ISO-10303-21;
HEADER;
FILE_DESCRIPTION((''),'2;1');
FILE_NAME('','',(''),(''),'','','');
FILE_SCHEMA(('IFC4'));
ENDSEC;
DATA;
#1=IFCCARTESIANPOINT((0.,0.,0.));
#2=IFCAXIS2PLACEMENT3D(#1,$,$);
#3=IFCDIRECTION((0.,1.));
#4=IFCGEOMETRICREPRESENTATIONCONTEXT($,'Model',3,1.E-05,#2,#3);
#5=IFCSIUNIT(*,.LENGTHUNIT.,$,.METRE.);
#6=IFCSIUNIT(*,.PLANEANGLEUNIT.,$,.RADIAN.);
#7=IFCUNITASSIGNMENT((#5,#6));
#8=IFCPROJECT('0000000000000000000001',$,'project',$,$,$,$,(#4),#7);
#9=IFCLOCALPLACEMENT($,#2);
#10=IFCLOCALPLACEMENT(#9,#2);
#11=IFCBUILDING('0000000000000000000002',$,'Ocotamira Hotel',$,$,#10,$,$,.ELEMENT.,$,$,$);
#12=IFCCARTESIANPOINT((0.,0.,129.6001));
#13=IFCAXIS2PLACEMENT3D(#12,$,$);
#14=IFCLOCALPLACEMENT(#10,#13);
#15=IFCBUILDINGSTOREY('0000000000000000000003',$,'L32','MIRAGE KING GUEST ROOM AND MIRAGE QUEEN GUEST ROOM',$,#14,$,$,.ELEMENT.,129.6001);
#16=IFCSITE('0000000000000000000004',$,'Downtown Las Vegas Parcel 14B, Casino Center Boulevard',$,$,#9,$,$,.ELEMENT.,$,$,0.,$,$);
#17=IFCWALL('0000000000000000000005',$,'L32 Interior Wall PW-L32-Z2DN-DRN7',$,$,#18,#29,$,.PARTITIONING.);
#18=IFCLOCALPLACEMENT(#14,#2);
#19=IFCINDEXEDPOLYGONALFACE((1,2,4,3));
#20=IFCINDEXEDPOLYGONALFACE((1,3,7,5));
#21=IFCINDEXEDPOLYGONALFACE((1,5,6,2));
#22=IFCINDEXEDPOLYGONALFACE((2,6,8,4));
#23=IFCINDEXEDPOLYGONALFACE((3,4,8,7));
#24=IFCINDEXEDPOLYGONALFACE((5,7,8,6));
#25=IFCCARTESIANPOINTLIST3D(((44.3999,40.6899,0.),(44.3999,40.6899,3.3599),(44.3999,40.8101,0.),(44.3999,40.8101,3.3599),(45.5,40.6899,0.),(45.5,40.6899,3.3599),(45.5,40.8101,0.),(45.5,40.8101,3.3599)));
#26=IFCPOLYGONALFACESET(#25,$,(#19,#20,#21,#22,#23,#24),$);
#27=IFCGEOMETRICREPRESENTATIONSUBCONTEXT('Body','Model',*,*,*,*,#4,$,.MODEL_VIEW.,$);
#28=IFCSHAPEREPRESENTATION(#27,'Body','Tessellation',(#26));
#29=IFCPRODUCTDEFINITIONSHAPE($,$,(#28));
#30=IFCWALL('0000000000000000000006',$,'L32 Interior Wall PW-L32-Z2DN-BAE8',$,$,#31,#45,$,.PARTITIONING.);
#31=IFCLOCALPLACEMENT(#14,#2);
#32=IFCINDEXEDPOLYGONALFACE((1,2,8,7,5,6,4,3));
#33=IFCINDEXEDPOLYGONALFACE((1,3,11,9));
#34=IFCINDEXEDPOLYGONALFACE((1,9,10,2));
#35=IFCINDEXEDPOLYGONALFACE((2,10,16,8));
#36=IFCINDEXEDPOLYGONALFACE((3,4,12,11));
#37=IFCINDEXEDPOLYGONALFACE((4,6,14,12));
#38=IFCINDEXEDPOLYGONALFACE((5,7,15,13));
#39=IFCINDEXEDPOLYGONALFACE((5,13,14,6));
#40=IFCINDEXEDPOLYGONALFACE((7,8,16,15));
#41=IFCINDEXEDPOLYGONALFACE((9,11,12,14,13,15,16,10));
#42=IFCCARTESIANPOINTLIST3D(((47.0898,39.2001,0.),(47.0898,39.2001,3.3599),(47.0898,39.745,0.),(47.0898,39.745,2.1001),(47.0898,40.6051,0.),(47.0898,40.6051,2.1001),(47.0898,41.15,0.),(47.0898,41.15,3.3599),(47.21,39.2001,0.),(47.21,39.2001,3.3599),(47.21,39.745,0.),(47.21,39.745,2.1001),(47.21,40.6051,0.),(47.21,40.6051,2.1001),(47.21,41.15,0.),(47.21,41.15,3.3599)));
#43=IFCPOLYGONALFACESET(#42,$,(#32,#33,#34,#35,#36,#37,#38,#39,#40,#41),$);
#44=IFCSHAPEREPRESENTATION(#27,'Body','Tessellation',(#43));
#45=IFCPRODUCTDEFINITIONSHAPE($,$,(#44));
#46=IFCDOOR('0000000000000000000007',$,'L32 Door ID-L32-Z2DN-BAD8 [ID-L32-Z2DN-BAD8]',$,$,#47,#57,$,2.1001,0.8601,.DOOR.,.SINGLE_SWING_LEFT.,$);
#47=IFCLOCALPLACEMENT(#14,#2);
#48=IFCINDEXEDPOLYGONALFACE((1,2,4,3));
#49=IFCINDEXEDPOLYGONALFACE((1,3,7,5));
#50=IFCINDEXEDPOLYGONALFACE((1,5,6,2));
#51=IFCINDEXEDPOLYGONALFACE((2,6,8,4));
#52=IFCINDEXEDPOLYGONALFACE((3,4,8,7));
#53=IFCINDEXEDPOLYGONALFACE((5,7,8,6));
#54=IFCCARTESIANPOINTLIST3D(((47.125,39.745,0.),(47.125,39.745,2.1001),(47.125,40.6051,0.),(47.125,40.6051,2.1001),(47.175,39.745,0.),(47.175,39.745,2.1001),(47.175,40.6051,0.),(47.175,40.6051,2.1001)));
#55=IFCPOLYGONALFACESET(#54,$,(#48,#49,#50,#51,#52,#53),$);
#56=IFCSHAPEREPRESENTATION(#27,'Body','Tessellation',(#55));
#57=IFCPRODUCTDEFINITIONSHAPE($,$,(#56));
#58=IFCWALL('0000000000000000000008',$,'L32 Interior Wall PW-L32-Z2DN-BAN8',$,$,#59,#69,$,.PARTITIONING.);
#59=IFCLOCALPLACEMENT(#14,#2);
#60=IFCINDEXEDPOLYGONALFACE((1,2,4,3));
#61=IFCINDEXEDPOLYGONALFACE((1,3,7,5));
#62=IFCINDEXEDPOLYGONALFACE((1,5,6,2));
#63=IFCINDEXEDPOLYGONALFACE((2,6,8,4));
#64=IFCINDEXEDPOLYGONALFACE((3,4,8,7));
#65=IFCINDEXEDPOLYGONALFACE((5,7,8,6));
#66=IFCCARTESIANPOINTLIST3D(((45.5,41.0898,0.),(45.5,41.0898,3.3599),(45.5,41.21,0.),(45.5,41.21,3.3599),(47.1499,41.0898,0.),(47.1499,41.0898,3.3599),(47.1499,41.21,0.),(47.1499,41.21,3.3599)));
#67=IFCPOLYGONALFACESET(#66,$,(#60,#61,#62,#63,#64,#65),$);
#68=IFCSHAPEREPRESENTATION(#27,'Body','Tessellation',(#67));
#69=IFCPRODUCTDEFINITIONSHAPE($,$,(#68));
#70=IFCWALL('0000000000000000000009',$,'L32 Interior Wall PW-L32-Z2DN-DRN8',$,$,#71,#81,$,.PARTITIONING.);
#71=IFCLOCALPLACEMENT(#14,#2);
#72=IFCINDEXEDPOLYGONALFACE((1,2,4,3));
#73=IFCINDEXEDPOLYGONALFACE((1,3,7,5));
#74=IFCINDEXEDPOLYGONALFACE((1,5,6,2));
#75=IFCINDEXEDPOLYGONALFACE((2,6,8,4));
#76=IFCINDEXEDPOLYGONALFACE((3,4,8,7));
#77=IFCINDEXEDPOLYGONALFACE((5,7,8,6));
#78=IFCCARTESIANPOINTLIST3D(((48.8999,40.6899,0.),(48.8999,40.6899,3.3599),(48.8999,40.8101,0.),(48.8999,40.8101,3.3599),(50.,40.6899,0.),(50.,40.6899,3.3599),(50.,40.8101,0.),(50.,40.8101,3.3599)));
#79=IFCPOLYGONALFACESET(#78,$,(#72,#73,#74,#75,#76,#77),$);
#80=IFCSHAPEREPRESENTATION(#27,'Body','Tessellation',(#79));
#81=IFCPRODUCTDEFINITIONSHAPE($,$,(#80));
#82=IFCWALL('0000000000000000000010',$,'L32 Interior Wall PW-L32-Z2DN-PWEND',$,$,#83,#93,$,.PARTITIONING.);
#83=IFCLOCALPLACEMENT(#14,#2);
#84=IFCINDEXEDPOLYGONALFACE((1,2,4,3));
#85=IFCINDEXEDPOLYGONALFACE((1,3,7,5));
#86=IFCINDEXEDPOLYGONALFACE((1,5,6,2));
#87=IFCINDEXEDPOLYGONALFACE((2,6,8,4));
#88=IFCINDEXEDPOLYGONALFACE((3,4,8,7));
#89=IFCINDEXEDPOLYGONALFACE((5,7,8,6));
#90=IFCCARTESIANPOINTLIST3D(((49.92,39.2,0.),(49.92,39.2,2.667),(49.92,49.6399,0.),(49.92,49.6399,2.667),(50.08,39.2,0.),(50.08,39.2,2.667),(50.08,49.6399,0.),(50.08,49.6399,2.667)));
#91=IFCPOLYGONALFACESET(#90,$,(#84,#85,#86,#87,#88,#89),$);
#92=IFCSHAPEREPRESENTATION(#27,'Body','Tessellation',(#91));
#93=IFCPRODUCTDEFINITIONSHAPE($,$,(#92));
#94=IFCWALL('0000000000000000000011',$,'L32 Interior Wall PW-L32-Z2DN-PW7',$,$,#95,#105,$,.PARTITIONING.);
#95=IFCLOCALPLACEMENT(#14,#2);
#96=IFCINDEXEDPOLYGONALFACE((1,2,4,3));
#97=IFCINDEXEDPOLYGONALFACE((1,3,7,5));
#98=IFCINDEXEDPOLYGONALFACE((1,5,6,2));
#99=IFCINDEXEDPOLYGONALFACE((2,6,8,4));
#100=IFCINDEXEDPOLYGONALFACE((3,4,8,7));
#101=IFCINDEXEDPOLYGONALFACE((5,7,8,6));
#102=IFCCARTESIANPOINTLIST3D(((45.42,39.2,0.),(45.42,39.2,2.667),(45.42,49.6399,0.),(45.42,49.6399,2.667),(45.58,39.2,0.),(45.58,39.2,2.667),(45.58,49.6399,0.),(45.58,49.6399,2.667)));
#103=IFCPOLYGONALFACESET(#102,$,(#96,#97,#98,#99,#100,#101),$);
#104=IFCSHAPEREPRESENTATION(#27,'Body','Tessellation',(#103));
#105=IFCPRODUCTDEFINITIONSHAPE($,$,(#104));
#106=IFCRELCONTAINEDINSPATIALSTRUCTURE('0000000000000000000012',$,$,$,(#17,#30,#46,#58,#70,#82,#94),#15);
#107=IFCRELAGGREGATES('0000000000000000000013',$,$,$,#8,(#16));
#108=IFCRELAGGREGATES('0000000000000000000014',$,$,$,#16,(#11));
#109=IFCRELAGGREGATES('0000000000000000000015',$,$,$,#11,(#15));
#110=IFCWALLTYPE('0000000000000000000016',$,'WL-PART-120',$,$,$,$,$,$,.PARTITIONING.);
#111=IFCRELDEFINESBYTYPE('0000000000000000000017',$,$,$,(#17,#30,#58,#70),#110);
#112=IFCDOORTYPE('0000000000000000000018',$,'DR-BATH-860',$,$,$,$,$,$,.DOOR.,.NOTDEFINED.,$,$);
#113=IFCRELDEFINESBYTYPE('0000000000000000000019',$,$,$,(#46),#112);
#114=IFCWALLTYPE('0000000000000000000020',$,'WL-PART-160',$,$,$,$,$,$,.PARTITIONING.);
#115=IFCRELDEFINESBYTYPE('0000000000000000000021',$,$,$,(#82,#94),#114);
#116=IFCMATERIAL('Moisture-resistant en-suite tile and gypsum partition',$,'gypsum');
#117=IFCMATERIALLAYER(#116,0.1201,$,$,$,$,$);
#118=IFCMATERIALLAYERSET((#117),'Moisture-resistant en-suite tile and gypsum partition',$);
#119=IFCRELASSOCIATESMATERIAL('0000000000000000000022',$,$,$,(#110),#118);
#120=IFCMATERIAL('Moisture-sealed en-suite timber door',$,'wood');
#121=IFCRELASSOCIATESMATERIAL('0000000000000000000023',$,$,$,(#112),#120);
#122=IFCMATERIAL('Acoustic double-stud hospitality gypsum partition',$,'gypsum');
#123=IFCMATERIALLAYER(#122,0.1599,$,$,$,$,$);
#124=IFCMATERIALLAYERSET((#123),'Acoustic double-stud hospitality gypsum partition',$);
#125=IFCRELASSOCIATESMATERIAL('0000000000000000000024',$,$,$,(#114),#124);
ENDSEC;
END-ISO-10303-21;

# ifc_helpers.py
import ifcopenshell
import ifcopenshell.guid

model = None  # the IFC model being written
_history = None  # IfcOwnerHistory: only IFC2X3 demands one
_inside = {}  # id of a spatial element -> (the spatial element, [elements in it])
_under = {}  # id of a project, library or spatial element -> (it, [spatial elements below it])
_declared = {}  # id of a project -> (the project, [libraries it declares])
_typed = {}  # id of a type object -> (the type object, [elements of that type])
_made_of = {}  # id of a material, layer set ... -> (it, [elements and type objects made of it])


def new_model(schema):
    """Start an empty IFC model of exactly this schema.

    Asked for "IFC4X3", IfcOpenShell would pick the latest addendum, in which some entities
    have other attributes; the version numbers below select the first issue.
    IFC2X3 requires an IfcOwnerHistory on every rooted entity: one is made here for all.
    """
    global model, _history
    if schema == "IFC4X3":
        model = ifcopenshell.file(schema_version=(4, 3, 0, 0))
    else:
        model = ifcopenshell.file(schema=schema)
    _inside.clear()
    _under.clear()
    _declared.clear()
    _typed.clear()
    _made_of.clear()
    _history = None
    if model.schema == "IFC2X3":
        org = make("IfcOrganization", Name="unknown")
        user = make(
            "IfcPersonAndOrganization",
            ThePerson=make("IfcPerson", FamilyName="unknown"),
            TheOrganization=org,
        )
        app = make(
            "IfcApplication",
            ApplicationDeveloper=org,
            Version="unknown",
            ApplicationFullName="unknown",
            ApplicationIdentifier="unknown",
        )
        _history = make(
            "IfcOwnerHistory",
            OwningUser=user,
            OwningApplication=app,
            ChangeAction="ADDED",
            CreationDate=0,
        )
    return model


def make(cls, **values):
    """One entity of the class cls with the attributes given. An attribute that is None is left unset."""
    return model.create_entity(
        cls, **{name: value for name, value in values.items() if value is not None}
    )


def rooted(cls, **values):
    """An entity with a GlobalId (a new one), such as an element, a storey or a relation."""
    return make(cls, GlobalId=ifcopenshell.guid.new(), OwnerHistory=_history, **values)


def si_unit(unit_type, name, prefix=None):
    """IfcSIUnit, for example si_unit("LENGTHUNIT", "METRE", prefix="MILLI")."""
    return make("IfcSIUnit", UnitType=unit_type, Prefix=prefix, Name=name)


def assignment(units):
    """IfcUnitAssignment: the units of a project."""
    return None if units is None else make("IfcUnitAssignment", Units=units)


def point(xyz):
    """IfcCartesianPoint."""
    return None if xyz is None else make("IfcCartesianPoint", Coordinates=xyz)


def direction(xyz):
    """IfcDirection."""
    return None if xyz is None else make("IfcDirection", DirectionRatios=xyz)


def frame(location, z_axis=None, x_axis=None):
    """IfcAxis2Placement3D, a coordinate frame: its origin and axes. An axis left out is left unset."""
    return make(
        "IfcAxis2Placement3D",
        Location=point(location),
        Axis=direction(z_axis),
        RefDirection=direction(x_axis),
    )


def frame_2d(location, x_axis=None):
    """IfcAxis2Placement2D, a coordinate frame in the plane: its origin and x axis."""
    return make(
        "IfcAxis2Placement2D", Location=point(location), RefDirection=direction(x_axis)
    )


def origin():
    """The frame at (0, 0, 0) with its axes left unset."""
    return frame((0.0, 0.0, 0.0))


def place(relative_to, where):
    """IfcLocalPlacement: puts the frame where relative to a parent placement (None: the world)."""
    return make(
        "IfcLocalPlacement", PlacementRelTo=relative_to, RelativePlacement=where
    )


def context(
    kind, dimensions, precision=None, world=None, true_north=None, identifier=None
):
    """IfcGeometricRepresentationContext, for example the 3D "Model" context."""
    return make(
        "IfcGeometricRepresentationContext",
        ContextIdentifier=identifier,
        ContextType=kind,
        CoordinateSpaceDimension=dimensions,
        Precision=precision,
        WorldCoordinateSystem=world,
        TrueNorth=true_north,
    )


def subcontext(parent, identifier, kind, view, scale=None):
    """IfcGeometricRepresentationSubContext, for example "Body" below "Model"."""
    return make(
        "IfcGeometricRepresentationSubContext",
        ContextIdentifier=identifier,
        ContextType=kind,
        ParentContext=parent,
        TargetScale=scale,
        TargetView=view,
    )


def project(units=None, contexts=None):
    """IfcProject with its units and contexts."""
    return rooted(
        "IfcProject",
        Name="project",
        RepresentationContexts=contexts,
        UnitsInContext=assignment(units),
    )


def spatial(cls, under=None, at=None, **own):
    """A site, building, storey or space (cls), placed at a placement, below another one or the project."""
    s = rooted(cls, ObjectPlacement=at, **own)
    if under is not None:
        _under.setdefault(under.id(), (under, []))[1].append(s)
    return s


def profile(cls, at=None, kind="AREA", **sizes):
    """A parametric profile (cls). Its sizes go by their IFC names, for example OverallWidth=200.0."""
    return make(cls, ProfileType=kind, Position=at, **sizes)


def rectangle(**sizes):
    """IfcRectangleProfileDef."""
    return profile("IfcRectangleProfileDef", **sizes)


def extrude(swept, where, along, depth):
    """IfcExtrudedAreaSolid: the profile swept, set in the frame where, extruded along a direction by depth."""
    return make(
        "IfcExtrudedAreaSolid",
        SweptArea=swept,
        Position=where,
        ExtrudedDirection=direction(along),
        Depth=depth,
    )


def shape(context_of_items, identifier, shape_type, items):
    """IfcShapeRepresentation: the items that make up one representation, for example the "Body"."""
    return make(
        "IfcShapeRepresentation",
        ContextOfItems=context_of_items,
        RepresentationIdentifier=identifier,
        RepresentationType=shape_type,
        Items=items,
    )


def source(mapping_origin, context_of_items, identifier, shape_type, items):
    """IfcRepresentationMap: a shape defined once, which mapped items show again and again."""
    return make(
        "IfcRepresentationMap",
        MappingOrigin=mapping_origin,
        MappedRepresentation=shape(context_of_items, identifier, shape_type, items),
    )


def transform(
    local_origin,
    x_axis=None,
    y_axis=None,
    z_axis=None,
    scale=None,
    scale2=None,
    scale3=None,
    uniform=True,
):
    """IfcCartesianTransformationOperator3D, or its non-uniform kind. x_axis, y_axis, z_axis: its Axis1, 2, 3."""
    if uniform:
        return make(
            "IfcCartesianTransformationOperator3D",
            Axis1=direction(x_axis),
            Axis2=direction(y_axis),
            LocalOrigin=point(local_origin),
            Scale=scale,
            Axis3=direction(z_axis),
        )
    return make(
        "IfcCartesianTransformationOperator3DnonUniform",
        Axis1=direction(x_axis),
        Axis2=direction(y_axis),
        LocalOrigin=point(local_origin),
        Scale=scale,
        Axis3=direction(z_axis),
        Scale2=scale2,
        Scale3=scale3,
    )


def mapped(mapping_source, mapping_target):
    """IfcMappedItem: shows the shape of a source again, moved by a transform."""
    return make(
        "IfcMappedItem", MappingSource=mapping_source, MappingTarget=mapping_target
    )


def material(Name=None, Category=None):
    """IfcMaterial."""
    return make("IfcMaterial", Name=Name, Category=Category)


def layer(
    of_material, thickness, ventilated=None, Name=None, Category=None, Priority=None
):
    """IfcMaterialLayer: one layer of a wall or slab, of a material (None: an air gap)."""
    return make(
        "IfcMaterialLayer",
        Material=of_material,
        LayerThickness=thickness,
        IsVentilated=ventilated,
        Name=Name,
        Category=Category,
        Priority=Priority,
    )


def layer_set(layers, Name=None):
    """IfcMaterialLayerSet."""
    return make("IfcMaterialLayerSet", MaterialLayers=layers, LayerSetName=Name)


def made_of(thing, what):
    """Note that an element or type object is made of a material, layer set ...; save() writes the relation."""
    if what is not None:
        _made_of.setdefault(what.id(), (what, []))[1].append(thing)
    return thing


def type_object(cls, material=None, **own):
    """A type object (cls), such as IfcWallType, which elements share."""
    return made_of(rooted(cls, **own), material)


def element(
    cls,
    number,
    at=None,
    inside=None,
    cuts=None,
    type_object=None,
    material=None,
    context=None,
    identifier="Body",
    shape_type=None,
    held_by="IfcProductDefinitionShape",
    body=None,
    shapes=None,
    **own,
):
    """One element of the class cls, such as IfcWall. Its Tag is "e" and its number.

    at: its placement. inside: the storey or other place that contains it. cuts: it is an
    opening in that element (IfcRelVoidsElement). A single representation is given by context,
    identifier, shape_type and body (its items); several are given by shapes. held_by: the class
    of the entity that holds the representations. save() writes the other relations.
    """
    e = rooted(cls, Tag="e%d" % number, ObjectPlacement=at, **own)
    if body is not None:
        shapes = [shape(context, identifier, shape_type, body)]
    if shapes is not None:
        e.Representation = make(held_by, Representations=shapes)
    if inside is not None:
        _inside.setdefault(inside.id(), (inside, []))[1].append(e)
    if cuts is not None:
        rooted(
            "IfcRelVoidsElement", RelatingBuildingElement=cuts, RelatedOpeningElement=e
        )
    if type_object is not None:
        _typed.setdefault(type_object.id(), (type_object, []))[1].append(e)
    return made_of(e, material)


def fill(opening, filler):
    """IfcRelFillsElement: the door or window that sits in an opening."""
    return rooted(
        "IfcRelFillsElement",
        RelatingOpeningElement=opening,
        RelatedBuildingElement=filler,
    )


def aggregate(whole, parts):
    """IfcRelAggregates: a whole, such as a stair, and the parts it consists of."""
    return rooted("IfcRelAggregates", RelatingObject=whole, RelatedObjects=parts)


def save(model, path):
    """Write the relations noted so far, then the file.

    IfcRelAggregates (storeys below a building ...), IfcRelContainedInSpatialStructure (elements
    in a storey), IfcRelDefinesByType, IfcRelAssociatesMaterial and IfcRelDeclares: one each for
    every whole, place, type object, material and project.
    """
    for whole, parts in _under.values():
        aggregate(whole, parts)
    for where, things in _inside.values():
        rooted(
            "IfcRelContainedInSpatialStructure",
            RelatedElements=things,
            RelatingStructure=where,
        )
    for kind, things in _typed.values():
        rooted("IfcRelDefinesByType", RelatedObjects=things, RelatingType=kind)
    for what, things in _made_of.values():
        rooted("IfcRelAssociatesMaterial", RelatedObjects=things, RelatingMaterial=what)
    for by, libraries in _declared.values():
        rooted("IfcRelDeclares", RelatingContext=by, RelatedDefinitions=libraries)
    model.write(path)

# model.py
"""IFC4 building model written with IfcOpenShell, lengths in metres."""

from ifc_helpers import new_model, si_unit, direction, frame, frame_2d, origin, place, context, subcontext, project, spatial, rectangle, extrude, source, transform, mapped, material, layer, layer_set, type_object, element, fill, save


model = new_model("IFC4")

# Units and contexts
model_context = context("Model", 3, precision=1e-05, world=origin(), true_north=direction((0.0, 1.0)))
body_context = subcontext(model_context, "Body", "Model", "MODEL_VIEW")
ifc_project = project(units=[si_unit("LENGTHUNIT", "METRE"), si_unit("PLANEANGLEUNIT", "RADIAN")], contexts=[model_context])

# Site, building, storey
site_placement = place(None, origin())
site = spatial("IfcSite", under=ifc_project, at=site_placement, Name="Downtown Las Vegas Parcel 14B, Casino Center Boulevard", CompositionType="ELEMENT", RefElevation=0.0)
building_placement = place(site_placement, origin())
building = spatial("IfcBuilding", under=site, at=building_placement, Name="Ocotamira Hotel", CompositionType="ELEMENT")
storey_placement = place(building_placement, frame((0.0, 0.0, 129.6001)))
storey = spatial("IfcBuildingStorey", under=building, at=storey_placement, Name="L32", Description="MIRAGE KING GUEST ROOM AND MIRAGE QUEEN GUEST ROOM", CompositionType="ELEMENT", Elevation=129.6001)

# Wall
ifc_material_1 = material(Name="Moisture-resistant en-suite tile and gypsum partition", Category="gypsum")
ifc_layer_1 = layer(ifc_material_1, 0.1201)
ifc_layer_set_1 = layer_set([ifc_layer_1], Name="Moisture-resistant en-suite tile and gypsum partition")
wall_type_1 = type_object("IfcWallType", Name="WL-PART-120", PredefinedType="PARTITIONING", material=ifc_layer_set_1)
wall_1_placement = place(storey_placement, frame((44.3999, 40.75, 0.0), z_axis=(0.0, 0.0, 1.0), x_axis=(1.0, 0.0, 0.0)))
element("IfcWall", 1, at=wall_1_placement, inside=storey, type_object=wall_type_1, Name="L32 Interior Wall PW-L32-Z2DN-DRN7", PredefinedType="PARTITIONING", context=body_context, shape_type="SweptSolid", body=[
    extrude(rectangle(XDim=1.1001, YDim=0.1201, at=frame_2d((0.55, 0.0))), origin(), (0.0, 0.0, 1.0), 3.3599),
])

# Wall, opening, door
wall_2_placement = place(storey_placement, frame((47.1499, 39.2, 0.0), z_axis=(0.0, 0.0, 1.0), x_axis=(0.0, 1.0, 0.0)))
wall_2 = element("IfcWall", 2, at=wall_2_placement, inside=storey, type_object=wall_type_1, Name="L32 Interior Wall PW-L32-Z2DN-BAE8", PredefinedType="PARTITIONING", context=body_context, shape_type="SweptSolid", body=[
    extrude(rectangle(XDim=1.95, YDim=0.1201, at=frame_2d((0.9751, 0.0))), origin(), (0.0, 0.0, 1.0), 3.3599),
])
opening_1_placement = place(wall_2_placement, frame((0.5449, 0.0, 0.0)))
opening_1 = element("IfcOpeningElement", 3, at=opening_1_placement, cuts=wall_2, PredefinedType="OPENING", context=body_context, shape_type="SweptSolid", body=[
    extrude(rectangle(XDim=0.8601, YDim=2.1001, at=frame_2d((0.4302, 1.05))), frame((0.0, 0.0701, 0.0), z_axis=(0.0, -1.0, 0.0), x_axis=(1.0, 0.0, 0.0)), (0.0, 0.0, 1.0), 0.1401),
])
ifc_material_2 = material(Name="Moisture-sealed en-suite timber door", Category="wood")
door_type_1 = type_object("IfcDoorType", Name="DR-BATH-860", OperationType="NOTDEFINED", PredefinedType="DOOR", material=ifc_material_2)
shared_shape_1 = source(origin(), body_context, "Body", "SweptSolid", [
    extrude(rectangle(XDim=0.8601, YDim=2.1001, at=frame_2d((0.4302, 1.05))), frame((0.0, 0.0249, 0.0), z_axis=(0.0, -1.0, 0.0), x_axis=(1.0, 0.0, 0.0)), (0.0, 0.0, 1.0), 0.05),
])
door_1_placement = place(opening_1_placement, origin())
door_1 = element("IfcDoor", 4, at=door_1_placement, inside=storey, type_object=door_type_1, Name="L32 Door ID-L32-Z2DN-BAD8 [ID-L32-Z2DN-BAD8]", OperationType="SINGLE_SWING_LEFT", OverallHeight=2.1001, OverallWidth=0.8601, PredefinedType="DOOR", context=body_context, shape_type="MappedRepresentation", body=[
    mapped(shared_shape_1, transform((0.0, 0.0, 0.0), scale=1.0)),
])
fill(opening_1, door_1)

# Walls
wall_3_placement = place(storey_placement, frame((45.5, 41.1499, 0.0), z_axis=(0.0, 0.0, 1.0), x_axis=(1.0, 0.0, 0.0)))
element("IfcWall", 5, at=wall_3_placement, inside=storey, type_object=wall_type_1, Name="L32 Interior Wall PW-L32-Z2DN-BAN8", PredefinedType="PARTITIONING", context=body_context, shape_type="SweptSolid", body=[
    extrude(rectangle(XDim=1.6499, YDim=0.1201, at=frame_2d((0.825, 0.0))), origin(), (0.0, 0.0, 1.0), 3.3599),
])
wall_4_placement = place(storey_placement, frame((48.8999, 40.75, 0.0), z_axis=(0.0, 0.0, 1.0), x_axis=(1.0, 0.0, 0.0)))
element("IfcWall", 6, at=wall_4_placement, inside=storey, type_object=wall_type_1, Name="L32 Interior Wall PW-L32-Z2DN-DRN8", PredefinedType="PARTITIONING", context=body_context, shape_type="SweptSolid", body=[
    extrude(rectangle(XDim=1.1001, YDim=0.1201, at=frame_2d((0.55, 0.0))), origin(), (0.0, 0.0, 1.0), 3.3599),
])
ifc_material_3 = material(Name="Acoustic double-stud hospitality gypsum partition", Category="gypsum")
ifc_layer_2 = layer(ifc_material_3, 0.1599)
ifc_layer_set_2 = layer_set([ifc_layer_2], Name="Acoustic double-stud hospitality gypsum partition")
wall_type_2 = type_object("IfcWallType", Name="WL-PART-160", PredefinedType="PARTITIONING", material=ifc_layer_set_2)
for number, where, z_axis, x_axis, name in (
    (7, (50.0, 39.2, 0.0), (0.0, 0.0, 1.0), (0.0, 1.0, 0.0), "L32 Interior Wall PW-L32-Z2DN-PWEND"),
    (8, (45.5, 39.2, 0.0), (0.0, 0.0, 1.0), (0.0, 1.0, 0.0), "L32 Interior Wall PW-L32-Z2DN-PW7"),
):
    element("IfcWall", number, at=place(storey_placement, frame(where, z_axis=z_axis, x_axis=x_axis)), inside=storey, type_object=wall_type_2, Name=name, PredefinedType="PARTITIONING", context=body_context, shape_type="SweptSolid", body=[
        extrude(rectangle(XDim=10.4399, YDim=0.1599, at=frame_2d((5.22, 0.0))), origin(), (0.0, 0.0, 1.0), 2.667),
    ])

save(model, "model.ifc")
